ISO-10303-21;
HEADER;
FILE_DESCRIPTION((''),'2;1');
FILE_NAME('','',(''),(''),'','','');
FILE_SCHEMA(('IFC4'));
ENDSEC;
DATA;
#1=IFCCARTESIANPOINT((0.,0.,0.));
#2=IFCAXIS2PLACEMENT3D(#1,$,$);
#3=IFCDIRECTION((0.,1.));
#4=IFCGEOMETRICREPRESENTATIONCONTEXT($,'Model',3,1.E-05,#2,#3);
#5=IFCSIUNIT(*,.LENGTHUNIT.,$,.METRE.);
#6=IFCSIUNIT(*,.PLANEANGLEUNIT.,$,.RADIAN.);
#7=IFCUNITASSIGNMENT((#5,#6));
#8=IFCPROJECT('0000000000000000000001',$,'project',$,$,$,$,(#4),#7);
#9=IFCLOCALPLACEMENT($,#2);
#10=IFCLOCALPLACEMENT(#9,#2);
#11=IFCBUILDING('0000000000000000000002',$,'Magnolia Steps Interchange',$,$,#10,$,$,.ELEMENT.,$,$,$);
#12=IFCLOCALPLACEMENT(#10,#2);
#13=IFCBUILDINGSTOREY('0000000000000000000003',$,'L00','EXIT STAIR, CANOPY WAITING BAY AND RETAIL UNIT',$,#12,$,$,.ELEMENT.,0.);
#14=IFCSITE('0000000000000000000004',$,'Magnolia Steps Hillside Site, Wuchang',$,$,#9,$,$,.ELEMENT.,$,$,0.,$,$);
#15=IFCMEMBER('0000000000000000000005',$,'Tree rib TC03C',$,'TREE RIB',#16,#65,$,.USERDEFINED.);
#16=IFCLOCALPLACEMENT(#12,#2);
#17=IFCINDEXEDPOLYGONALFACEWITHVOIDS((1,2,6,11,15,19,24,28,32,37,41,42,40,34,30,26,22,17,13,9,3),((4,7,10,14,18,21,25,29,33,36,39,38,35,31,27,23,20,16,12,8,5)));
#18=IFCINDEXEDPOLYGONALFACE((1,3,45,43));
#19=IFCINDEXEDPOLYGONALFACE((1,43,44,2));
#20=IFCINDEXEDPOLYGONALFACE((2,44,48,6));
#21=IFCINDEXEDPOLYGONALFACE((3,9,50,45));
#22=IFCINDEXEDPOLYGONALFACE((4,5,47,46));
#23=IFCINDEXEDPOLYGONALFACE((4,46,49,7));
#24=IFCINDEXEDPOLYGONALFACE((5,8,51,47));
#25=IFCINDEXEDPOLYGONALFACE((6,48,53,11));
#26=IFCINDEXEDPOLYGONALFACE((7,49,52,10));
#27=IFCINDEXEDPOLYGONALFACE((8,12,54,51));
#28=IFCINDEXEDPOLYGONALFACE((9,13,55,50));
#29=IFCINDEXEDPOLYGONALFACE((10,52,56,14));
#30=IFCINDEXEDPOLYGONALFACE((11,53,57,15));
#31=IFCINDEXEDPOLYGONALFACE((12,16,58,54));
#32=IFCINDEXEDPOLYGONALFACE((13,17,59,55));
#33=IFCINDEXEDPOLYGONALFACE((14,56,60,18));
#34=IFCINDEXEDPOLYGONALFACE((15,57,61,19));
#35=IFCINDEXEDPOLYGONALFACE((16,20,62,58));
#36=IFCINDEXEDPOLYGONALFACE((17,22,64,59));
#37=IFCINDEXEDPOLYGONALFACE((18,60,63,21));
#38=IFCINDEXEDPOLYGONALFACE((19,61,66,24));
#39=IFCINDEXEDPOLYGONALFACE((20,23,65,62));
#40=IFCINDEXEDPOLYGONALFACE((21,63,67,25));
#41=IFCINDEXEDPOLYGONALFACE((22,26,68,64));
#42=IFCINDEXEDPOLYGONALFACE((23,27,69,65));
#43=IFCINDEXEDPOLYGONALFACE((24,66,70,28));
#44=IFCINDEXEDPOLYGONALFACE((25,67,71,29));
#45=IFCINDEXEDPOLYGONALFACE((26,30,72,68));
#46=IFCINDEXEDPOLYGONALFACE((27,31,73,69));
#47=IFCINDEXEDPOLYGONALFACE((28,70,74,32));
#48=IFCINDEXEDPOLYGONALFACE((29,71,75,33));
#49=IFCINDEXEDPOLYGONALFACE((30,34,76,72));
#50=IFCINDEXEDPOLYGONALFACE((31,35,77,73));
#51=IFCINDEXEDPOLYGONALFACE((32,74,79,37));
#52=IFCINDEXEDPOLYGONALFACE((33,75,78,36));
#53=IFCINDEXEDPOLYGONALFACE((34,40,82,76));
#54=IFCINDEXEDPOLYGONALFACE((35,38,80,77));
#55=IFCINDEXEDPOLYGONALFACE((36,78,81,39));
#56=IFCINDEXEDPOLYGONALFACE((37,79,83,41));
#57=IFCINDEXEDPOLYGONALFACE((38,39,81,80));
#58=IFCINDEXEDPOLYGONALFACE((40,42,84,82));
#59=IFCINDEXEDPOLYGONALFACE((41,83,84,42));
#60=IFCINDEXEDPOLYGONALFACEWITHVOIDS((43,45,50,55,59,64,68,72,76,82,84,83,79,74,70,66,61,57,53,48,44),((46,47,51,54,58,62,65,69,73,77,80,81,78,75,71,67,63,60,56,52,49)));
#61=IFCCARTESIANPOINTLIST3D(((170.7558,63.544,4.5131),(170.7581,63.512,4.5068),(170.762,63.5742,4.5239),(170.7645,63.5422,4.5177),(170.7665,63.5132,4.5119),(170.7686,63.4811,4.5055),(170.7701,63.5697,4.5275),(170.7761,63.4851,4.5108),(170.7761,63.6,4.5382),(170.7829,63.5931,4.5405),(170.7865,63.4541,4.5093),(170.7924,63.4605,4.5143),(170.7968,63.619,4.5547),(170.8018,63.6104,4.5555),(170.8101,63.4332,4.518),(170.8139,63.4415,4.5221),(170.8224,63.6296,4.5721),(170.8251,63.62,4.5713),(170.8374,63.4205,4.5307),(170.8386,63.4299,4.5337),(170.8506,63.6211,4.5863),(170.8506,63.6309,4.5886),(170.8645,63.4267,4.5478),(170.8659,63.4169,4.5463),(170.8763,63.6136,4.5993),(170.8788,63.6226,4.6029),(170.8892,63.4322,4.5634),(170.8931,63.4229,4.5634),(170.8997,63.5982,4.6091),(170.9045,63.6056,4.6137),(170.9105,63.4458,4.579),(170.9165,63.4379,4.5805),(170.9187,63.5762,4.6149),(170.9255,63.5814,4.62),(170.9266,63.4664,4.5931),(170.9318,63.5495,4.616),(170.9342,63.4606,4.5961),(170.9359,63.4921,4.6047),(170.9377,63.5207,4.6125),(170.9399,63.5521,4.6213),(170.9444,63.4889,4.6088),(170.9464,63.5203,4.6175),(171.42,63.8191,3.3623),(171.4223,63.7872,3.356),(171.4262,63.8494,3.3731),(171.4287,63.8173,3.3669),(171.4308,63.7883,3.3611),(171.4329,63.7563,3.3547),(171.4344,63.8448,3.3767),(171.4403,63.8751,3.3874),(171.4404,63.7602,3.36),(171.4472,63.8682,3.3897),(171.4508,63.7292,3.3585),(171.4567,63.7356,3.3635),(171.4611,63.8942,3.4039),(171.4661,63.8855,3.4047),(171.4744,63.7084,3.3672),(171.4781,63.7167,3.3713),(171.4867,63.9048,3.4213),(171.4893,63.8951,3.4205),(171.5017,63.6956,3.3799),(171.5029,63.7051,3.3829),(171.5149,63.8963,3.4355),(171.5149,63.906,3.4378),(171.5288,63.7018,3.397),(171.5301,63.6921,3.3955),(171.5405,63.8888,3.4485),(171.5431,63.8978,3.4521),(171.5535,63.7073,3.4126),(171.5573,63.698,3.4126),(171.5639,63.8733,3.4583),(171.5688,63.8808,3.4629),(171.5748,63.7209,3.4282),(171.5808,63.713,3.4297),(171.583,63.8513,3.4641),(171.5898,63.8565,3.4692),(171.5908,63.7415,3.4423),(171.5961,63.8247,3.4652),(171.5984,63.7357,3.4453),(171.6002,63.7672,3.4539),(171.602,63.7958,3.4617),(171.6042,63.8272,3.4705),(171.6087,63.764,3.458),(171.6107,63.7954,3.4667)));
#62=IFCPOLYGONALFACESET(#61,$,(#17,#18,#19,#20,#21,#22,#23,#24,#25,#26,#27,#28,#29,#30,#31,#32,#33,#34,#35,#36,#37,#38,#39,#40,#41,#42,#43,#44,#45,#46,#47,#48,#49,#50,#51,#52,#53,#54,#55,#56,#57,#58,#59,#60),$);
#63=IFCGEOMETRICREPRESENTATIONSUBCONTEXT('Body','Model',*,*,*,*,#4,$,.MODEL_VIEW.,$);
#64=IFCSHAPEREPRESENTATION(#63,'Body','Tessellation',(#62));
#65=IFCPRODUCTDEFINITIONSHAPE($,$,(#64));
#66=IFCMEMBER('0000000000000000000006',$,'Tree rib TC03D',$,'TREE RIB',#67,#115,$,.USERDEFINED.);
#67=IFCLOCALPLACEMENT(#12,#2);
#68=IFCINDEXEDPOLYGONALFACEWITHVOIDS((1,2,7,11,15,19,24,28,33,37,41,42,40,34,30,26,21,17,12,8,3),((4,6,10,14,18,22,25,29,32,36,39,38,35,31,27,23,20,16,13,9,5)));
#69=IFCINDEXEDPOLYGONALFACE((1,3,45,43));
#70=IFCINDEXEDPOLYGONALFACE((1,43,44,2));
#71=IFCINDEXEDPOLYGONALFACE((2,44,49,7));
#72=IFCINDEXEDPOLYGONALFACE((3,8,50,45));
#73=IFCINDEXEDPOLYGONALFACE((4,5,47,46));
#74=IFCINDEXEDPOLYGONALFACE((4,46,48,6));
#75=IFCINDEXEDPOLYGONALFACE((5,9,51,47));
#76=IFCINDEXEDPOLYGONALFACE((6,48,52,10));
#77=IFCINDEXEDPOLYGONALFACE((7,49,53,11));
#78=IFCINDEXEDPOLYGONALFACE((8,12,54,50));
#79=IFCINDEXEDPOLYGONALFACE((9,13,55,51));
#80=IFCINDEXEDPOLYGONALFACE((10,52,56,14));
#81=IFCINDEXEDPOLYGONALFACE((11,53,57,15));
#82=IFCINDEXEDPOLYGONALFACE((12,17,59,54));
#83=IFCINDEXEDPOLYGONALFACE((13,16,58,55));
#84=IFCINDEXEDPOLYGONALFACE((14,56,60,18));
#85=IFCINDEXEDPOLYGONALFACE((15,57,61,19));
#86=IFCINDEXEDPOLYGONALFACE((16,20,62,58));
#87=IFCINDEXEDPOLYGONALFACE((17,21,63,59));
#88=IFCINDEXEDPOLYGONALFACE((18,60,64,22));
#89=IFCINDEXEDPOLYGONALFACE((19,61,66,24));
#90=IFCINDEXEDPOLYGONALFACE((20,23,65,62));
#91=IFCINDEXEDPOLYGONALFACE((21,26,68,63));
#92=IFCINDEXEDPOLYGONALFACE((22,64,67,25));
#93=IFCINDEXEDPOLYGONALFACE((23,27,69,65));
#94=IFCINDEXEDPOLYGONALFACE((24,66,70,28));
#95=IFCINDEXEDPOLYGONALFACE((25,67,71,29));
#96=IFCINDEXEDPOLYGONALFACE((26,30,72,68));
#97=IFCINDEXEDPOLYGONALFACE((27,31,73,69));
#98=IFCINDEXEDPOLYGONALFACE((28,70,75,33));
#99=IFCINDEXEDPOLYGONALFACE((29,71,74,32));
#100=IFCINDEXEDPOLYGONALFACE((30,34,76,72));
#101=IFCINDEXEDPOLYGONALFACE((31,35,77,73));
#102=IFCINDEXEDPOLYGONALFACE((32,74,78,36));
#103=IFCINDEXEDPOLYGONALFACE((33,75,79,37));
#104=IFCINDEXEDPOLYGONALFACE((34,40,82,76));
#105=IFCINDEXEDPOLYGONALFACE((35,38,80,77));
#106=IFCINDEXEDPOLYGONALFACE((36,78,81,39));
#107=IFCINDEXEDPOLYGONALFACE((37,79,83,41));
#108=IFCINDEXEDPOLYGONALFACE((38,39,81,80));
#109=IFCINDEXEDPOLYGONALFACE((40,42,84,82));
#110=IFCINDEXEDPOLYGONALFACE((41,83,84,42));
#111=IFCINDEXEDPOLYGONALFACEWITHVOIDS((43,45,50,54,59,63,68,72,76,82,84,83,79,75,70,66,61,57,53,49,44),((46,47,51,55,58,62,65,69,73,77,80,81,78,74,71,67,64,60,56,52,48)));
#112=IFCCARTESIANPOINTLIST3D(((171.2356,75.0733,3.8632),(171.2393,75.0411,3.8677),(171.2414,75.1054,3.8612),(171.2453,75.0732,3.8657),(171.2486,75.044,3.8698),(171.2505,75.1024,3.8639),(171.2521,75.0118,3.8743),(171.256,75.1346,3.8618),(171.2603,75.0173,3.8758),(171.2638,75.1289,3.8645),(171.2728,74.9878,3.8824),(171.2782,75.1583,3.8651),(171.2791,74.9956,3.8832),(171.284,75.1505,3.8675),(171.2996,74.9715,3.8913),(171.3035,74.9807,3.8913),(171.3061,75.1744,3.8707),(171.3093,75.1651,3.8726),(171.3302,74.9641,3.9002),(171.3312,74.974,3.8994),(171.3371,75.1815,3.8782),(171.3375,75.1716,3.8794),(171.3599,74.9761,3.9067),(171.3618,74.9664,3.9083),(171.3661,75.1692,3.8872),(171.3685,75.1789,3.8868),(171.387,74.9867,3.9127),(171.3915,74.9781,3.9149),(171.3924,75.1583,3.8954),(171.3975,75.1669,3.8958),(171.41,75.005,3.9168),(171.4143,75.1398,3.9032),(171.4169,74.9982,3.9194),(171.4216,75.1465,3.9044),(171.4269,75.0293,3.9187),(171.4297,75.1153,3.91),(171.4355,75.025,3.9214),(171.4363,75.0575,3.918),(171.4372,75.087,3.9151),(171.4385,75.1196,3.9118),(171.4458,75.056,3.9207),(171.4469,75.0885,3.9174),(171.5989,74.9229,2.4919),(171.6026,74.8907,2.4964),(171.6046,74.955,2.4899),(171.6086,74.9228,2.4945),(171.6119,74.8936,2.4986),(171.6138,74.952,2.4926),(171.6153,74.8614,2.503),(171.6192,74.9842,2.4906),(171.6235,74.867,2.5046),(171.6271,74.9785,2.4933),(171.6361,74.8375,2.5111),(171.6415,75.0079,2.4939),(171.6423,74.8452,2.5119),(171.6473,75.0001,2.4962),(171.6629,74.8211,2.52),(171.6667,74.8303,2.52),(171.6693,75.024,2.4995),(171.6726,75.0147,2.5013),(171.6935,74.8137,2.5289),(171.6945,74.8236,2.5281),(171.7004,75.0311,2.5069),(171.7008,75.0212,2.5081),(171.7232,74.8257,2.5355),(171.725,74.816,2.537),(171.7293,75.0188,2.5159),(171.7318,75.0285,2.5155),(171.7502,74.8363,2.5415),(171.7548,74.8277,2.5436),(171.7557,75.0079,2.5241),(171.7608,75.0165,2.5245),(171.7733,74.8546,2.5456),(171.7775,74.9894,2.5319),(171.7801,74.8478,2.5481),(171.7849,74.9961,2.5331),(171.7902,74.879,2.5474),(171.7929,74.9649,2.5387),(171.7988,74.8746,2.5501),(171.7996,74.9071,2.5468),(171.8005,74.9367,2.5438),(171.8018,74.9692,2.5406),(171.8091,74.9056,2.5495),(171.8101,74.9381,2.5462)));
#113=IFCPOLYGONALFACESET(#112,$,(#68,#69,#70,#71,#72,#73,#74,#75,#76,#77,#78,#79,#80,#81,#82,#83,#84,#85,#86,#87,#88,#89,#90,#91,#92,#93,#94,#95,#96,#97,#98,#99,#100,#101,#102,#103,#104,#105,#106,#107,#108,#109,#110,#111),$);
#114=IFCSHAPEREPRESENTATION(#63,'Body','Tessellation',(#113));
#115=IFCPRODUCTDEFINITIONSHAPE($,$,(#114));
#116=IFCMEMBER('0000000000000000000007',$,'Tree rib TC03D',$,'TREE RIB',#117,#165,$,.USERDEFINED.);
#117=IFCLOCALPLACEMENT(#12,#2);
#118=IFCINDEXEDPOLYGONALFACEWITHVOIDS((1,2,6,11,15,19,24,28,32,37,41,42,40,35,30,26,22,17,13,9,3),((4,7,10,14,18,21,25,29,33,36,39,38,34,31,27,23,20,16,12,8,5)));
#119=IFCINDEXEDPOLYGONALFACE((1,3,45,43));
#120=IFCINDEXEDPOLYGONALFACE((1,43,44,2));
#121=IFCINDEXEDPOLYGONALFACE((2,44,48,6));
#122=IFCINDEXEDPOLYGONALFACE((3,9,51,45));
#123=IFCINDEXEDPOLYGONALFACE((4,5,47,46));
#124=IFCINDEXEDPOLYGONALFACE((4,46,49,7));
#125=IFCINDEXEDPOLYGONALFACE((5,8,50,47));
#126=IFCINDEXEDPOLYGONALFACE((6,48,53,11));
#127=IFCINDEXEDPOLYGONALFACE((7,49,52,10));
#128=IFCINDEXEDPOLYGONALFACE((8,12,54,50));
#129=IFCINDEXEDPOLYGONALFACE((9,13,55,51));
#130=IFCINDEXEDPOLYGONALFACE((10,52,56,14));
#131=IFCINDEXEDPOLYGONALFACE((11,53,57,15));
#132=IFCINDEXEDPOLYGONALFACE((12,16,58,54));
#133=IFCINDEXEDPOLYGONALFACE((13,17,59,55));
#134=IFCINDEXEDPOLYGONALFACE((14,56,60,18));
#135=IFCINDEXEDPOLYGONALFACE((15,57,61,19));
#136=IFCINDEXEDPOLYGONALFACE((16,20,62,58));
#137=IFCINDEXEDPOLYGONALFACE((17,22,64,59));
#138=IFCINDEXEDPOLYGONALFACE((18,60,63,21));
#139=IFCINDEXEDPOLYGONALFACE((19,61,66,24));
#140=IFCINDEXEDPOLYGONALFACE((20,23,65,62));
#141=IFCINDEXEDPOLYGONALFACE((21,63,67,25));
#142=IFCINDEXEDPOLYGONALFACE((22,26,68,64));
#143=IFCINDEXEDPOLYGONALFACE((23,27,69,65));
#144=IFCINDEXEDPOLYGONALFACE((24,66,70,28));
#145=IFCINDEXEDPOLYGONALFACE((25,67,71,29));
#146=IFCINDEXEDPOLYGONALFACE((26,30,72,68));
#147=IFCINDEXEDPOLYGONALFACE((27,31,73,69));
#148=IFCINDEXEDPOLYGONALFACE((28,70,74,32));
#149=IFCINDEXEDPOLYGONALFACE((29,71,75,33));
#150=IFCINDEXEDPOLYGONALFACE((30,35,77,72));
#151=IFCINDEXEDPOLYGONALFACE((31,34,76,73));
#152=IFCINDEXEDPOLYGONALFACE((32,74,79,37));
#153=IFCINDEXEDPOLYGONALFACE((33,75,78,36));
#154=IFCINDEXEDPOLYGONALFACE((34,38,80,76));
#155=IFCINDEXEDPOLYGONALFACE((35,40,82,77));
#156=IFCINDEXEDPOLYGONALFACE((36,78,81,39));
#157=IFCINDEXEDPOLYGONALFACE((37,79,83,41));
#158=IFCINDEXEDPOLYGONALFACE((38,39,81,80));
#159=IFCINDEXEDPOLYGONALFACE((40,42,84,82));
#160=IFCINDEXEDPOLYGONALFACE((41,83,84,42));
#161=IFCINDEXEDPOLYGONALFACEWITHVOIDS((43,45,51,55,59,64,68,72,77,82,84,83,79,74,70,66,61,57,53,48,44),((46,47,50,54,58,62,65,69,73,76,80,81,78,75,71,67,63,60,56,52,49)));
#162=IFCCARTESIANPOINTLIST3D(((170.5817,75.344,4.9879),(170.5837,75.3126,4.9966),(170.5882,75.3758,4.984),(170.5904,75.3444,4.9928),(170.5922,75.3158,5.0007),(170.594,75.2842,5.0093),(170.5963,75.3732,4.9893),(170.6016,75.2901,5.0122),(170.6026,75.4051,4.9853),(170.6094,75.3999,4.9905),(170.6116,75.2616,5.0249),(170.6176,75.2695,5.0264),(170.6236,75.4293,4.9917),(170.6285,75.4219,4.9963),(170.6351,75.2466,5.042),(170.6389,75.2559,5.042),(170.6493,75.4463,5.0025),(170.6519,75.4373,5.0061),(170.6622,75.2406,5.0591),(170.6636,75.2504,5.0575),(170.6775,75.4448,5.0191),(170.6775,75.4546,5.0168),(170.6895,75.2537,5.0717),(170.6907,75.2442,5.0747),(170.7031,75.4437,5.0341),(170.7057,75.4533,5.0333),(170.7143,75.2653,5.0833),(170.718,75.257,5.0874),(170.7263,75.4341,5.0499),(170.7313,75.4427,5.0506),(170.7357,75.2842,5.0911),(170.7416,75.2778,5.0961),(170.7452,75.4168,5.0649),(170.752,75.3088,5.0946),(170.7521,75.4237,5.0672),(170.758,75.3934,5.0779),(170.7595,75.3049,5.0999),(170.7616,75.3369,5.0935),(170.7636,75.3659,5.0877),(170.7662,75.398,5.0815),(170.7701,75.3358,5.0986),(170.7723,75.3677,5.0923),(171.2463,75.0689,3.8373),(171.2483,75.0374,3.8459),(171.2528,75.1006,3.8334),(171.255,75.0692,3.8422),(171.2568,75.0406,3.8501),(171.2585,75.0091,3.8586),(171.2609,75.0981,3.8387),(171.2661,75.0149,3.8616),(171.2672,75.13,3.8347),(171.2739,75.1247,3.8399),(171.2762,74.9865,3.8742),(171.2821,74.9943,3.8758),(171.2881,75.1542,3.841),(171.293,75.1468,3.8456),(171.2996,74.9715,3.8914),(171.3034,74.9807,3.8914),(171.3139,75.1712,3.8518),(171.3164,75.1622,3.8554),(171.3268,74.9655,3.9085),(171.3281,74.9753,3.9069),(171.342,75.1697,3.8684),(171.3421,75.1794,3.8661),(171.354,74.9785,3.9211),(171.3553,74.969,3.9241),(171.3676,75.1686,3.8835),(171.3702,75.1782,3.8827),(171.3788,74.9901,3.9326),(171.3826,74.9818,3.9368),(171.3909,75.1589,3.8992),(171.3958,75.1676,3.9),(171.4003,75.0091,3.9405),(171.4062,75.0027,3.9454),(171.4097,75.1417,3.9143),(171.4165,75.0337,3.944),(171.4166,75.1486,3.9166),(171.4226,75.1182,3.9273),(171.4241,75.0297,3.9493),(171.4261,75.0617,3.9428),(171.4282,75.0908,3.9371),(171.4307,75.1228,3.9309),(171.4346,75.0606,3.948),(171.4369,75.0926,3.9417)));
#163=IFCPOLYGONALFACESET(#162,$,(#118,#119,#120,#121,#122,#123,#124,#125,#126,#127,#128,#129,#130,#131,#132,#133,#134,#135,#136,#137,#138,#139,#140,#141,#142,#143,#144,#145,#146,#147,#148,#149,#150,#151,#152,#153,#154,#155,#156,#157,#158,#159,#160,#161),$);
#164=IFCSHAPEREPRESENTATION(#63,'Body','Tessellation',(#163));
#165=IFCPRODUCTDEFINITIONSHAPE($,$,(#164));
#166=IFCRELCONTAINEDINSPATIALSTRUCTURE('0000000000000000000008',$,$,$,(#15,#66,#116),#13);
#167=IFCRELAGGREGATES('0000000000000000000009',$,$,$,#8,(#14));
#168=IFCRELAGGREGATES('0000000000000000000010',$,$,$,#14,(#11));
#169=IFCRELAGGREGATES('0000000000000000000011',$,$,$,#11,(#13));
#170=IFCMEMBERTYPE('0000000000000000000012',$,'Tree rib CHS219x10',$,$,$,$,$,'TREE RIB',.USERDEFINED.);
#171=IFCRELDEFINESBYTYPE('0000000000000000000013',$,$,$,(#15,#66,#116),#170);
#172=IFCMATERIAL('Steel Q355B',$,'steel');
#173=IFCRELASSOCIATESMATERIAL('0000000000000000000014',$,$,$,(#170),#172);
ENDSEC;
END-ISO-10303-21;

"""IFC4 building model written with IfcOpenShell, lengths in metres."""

from ifc_helpers import new_model, si_unit, direction, frame, origin, origin_2d, place, context, subcontext, project, spatial, hollow_circle, extrude, material, material_profile, profile_set, type_object, element, save


model = new_model("IFC4")

# Units and contexts
model_context = context("Model", 3, precision=1e-05, world=origin(), true_north=direction((0.0, 1.0)))
body_context = subcontext(model_context, "Body", "Model", "MODEL_VIEW")
ifc_project = project(units=[si_unit("LENGTHUNIT", "METRE"), si_unit("PLANEANGLEUNIT", "RADIAN")], contexts=[model_context])

# Site, building, storey
site_placement = place(None, origin())
site = spatial("IfcSite", under=ifc_project, at=site_placement, Name="Magnolia Steps Hillside Site, Wuchang", CompositionType="ELEMENT", RefElevation=0.0)
building_placement = place(site_placement, origin())
building = spatial("IfcBuilding", under=site, at=building_placement, Name="Magnolia Steps Interchange", CompositionType="ELEMENT")
storey_placement = place(building_placement, origin())
storey = spatial("IfcBuildingStorey", under=building, at=storey_placement, Name="L00", Description="EXIT STAIR, CANOPY WAITING BAY AND RETAIL UNIT", CompositionType="ELEMENT", Elevation=0.0)

# Members
ifc_material_1 = material(Name="Steel Q355B", Category="steel")
ifc_material_profile_1 = material_profile(ifc_material_1, hollow_circle(Radius=0.1096, WallThickness=0.01, at=origin_2d()), Name="CHS219x10")
ifc_profile_set_1 = profile_set([ifc_material_profile_1], Name="Steel Q355B")
member_type = type_object("IfcMemberType", Name="Tree rib CHS219x10", ElementType="TREE RIB", PredefinedType="USERDEFINED", material=ifc_profile_set_1)
member_1_placement = place(storey_placement, frame((171.5154, 63.7993, 3.4126), z_axis=(-0.48953, -0.202756, 0.848086), x_axis=(0.382662, -0.923889, 0.0)))
element("IfcMember", 1, at=member_1_placement, inside=storey, type_object=member_type, Name="Tree rib TC03C", ObjectType="TREE RIB", PredefinedType="USERDEFINED", context=body_context, shape_type="SweptSolid", body=[
    extrude(hollow_circle(Radius=0.1096, WallThickness=0.01, at=origin_2d()), origin(), (0.0, 0.0, 1.0), 1.3569),
])
member_2_placement = place(storey_placement, frame((171.7048, 74.9224, 2.52), z_axis=(-0.25465, 0.10542, 0.96127), x_axis=(-0.382498, -0.923956, 0.0)))
element("IfcMember", 2, at=member_2_placement, inside=storey, type_object=member_type, Name="Tree rib TC03D", ObjectType="TREE RIB", PredefinedType="USERDEFINED", context=body_context, shape_type="SweptSolid", body=[
    extrude(hollow_circle(Radius=0.1096, WallThickness=0.01, at=origin_2d()), origin(), (0.0, 0.0, 1.0), 1.4265),
])
member_3_placement = place(storey_placement, frame((171.3416, 75.0728, 3.8914), z_axis=(-0.489741, 0.202769, 0.847961), x_axis=(-0.382542, -0.923938, 0.0)))
element("IfcMember", 3, at=member_3_placement, inside=storey, type_object=member_type, Name="Tree rib TC03D", ObjectType="TREE RIB", PredefinedType="USERDEFINED", context=body_context, shape_type="SweptSolid", body=[
    extrude(hollow_circle(Radius=0.1096, WallThickness=0.01, at=origin_2d()), origin(), (0.0, 0.0, 1.0), 1.3569),
])

save(model, "model.ifc")
